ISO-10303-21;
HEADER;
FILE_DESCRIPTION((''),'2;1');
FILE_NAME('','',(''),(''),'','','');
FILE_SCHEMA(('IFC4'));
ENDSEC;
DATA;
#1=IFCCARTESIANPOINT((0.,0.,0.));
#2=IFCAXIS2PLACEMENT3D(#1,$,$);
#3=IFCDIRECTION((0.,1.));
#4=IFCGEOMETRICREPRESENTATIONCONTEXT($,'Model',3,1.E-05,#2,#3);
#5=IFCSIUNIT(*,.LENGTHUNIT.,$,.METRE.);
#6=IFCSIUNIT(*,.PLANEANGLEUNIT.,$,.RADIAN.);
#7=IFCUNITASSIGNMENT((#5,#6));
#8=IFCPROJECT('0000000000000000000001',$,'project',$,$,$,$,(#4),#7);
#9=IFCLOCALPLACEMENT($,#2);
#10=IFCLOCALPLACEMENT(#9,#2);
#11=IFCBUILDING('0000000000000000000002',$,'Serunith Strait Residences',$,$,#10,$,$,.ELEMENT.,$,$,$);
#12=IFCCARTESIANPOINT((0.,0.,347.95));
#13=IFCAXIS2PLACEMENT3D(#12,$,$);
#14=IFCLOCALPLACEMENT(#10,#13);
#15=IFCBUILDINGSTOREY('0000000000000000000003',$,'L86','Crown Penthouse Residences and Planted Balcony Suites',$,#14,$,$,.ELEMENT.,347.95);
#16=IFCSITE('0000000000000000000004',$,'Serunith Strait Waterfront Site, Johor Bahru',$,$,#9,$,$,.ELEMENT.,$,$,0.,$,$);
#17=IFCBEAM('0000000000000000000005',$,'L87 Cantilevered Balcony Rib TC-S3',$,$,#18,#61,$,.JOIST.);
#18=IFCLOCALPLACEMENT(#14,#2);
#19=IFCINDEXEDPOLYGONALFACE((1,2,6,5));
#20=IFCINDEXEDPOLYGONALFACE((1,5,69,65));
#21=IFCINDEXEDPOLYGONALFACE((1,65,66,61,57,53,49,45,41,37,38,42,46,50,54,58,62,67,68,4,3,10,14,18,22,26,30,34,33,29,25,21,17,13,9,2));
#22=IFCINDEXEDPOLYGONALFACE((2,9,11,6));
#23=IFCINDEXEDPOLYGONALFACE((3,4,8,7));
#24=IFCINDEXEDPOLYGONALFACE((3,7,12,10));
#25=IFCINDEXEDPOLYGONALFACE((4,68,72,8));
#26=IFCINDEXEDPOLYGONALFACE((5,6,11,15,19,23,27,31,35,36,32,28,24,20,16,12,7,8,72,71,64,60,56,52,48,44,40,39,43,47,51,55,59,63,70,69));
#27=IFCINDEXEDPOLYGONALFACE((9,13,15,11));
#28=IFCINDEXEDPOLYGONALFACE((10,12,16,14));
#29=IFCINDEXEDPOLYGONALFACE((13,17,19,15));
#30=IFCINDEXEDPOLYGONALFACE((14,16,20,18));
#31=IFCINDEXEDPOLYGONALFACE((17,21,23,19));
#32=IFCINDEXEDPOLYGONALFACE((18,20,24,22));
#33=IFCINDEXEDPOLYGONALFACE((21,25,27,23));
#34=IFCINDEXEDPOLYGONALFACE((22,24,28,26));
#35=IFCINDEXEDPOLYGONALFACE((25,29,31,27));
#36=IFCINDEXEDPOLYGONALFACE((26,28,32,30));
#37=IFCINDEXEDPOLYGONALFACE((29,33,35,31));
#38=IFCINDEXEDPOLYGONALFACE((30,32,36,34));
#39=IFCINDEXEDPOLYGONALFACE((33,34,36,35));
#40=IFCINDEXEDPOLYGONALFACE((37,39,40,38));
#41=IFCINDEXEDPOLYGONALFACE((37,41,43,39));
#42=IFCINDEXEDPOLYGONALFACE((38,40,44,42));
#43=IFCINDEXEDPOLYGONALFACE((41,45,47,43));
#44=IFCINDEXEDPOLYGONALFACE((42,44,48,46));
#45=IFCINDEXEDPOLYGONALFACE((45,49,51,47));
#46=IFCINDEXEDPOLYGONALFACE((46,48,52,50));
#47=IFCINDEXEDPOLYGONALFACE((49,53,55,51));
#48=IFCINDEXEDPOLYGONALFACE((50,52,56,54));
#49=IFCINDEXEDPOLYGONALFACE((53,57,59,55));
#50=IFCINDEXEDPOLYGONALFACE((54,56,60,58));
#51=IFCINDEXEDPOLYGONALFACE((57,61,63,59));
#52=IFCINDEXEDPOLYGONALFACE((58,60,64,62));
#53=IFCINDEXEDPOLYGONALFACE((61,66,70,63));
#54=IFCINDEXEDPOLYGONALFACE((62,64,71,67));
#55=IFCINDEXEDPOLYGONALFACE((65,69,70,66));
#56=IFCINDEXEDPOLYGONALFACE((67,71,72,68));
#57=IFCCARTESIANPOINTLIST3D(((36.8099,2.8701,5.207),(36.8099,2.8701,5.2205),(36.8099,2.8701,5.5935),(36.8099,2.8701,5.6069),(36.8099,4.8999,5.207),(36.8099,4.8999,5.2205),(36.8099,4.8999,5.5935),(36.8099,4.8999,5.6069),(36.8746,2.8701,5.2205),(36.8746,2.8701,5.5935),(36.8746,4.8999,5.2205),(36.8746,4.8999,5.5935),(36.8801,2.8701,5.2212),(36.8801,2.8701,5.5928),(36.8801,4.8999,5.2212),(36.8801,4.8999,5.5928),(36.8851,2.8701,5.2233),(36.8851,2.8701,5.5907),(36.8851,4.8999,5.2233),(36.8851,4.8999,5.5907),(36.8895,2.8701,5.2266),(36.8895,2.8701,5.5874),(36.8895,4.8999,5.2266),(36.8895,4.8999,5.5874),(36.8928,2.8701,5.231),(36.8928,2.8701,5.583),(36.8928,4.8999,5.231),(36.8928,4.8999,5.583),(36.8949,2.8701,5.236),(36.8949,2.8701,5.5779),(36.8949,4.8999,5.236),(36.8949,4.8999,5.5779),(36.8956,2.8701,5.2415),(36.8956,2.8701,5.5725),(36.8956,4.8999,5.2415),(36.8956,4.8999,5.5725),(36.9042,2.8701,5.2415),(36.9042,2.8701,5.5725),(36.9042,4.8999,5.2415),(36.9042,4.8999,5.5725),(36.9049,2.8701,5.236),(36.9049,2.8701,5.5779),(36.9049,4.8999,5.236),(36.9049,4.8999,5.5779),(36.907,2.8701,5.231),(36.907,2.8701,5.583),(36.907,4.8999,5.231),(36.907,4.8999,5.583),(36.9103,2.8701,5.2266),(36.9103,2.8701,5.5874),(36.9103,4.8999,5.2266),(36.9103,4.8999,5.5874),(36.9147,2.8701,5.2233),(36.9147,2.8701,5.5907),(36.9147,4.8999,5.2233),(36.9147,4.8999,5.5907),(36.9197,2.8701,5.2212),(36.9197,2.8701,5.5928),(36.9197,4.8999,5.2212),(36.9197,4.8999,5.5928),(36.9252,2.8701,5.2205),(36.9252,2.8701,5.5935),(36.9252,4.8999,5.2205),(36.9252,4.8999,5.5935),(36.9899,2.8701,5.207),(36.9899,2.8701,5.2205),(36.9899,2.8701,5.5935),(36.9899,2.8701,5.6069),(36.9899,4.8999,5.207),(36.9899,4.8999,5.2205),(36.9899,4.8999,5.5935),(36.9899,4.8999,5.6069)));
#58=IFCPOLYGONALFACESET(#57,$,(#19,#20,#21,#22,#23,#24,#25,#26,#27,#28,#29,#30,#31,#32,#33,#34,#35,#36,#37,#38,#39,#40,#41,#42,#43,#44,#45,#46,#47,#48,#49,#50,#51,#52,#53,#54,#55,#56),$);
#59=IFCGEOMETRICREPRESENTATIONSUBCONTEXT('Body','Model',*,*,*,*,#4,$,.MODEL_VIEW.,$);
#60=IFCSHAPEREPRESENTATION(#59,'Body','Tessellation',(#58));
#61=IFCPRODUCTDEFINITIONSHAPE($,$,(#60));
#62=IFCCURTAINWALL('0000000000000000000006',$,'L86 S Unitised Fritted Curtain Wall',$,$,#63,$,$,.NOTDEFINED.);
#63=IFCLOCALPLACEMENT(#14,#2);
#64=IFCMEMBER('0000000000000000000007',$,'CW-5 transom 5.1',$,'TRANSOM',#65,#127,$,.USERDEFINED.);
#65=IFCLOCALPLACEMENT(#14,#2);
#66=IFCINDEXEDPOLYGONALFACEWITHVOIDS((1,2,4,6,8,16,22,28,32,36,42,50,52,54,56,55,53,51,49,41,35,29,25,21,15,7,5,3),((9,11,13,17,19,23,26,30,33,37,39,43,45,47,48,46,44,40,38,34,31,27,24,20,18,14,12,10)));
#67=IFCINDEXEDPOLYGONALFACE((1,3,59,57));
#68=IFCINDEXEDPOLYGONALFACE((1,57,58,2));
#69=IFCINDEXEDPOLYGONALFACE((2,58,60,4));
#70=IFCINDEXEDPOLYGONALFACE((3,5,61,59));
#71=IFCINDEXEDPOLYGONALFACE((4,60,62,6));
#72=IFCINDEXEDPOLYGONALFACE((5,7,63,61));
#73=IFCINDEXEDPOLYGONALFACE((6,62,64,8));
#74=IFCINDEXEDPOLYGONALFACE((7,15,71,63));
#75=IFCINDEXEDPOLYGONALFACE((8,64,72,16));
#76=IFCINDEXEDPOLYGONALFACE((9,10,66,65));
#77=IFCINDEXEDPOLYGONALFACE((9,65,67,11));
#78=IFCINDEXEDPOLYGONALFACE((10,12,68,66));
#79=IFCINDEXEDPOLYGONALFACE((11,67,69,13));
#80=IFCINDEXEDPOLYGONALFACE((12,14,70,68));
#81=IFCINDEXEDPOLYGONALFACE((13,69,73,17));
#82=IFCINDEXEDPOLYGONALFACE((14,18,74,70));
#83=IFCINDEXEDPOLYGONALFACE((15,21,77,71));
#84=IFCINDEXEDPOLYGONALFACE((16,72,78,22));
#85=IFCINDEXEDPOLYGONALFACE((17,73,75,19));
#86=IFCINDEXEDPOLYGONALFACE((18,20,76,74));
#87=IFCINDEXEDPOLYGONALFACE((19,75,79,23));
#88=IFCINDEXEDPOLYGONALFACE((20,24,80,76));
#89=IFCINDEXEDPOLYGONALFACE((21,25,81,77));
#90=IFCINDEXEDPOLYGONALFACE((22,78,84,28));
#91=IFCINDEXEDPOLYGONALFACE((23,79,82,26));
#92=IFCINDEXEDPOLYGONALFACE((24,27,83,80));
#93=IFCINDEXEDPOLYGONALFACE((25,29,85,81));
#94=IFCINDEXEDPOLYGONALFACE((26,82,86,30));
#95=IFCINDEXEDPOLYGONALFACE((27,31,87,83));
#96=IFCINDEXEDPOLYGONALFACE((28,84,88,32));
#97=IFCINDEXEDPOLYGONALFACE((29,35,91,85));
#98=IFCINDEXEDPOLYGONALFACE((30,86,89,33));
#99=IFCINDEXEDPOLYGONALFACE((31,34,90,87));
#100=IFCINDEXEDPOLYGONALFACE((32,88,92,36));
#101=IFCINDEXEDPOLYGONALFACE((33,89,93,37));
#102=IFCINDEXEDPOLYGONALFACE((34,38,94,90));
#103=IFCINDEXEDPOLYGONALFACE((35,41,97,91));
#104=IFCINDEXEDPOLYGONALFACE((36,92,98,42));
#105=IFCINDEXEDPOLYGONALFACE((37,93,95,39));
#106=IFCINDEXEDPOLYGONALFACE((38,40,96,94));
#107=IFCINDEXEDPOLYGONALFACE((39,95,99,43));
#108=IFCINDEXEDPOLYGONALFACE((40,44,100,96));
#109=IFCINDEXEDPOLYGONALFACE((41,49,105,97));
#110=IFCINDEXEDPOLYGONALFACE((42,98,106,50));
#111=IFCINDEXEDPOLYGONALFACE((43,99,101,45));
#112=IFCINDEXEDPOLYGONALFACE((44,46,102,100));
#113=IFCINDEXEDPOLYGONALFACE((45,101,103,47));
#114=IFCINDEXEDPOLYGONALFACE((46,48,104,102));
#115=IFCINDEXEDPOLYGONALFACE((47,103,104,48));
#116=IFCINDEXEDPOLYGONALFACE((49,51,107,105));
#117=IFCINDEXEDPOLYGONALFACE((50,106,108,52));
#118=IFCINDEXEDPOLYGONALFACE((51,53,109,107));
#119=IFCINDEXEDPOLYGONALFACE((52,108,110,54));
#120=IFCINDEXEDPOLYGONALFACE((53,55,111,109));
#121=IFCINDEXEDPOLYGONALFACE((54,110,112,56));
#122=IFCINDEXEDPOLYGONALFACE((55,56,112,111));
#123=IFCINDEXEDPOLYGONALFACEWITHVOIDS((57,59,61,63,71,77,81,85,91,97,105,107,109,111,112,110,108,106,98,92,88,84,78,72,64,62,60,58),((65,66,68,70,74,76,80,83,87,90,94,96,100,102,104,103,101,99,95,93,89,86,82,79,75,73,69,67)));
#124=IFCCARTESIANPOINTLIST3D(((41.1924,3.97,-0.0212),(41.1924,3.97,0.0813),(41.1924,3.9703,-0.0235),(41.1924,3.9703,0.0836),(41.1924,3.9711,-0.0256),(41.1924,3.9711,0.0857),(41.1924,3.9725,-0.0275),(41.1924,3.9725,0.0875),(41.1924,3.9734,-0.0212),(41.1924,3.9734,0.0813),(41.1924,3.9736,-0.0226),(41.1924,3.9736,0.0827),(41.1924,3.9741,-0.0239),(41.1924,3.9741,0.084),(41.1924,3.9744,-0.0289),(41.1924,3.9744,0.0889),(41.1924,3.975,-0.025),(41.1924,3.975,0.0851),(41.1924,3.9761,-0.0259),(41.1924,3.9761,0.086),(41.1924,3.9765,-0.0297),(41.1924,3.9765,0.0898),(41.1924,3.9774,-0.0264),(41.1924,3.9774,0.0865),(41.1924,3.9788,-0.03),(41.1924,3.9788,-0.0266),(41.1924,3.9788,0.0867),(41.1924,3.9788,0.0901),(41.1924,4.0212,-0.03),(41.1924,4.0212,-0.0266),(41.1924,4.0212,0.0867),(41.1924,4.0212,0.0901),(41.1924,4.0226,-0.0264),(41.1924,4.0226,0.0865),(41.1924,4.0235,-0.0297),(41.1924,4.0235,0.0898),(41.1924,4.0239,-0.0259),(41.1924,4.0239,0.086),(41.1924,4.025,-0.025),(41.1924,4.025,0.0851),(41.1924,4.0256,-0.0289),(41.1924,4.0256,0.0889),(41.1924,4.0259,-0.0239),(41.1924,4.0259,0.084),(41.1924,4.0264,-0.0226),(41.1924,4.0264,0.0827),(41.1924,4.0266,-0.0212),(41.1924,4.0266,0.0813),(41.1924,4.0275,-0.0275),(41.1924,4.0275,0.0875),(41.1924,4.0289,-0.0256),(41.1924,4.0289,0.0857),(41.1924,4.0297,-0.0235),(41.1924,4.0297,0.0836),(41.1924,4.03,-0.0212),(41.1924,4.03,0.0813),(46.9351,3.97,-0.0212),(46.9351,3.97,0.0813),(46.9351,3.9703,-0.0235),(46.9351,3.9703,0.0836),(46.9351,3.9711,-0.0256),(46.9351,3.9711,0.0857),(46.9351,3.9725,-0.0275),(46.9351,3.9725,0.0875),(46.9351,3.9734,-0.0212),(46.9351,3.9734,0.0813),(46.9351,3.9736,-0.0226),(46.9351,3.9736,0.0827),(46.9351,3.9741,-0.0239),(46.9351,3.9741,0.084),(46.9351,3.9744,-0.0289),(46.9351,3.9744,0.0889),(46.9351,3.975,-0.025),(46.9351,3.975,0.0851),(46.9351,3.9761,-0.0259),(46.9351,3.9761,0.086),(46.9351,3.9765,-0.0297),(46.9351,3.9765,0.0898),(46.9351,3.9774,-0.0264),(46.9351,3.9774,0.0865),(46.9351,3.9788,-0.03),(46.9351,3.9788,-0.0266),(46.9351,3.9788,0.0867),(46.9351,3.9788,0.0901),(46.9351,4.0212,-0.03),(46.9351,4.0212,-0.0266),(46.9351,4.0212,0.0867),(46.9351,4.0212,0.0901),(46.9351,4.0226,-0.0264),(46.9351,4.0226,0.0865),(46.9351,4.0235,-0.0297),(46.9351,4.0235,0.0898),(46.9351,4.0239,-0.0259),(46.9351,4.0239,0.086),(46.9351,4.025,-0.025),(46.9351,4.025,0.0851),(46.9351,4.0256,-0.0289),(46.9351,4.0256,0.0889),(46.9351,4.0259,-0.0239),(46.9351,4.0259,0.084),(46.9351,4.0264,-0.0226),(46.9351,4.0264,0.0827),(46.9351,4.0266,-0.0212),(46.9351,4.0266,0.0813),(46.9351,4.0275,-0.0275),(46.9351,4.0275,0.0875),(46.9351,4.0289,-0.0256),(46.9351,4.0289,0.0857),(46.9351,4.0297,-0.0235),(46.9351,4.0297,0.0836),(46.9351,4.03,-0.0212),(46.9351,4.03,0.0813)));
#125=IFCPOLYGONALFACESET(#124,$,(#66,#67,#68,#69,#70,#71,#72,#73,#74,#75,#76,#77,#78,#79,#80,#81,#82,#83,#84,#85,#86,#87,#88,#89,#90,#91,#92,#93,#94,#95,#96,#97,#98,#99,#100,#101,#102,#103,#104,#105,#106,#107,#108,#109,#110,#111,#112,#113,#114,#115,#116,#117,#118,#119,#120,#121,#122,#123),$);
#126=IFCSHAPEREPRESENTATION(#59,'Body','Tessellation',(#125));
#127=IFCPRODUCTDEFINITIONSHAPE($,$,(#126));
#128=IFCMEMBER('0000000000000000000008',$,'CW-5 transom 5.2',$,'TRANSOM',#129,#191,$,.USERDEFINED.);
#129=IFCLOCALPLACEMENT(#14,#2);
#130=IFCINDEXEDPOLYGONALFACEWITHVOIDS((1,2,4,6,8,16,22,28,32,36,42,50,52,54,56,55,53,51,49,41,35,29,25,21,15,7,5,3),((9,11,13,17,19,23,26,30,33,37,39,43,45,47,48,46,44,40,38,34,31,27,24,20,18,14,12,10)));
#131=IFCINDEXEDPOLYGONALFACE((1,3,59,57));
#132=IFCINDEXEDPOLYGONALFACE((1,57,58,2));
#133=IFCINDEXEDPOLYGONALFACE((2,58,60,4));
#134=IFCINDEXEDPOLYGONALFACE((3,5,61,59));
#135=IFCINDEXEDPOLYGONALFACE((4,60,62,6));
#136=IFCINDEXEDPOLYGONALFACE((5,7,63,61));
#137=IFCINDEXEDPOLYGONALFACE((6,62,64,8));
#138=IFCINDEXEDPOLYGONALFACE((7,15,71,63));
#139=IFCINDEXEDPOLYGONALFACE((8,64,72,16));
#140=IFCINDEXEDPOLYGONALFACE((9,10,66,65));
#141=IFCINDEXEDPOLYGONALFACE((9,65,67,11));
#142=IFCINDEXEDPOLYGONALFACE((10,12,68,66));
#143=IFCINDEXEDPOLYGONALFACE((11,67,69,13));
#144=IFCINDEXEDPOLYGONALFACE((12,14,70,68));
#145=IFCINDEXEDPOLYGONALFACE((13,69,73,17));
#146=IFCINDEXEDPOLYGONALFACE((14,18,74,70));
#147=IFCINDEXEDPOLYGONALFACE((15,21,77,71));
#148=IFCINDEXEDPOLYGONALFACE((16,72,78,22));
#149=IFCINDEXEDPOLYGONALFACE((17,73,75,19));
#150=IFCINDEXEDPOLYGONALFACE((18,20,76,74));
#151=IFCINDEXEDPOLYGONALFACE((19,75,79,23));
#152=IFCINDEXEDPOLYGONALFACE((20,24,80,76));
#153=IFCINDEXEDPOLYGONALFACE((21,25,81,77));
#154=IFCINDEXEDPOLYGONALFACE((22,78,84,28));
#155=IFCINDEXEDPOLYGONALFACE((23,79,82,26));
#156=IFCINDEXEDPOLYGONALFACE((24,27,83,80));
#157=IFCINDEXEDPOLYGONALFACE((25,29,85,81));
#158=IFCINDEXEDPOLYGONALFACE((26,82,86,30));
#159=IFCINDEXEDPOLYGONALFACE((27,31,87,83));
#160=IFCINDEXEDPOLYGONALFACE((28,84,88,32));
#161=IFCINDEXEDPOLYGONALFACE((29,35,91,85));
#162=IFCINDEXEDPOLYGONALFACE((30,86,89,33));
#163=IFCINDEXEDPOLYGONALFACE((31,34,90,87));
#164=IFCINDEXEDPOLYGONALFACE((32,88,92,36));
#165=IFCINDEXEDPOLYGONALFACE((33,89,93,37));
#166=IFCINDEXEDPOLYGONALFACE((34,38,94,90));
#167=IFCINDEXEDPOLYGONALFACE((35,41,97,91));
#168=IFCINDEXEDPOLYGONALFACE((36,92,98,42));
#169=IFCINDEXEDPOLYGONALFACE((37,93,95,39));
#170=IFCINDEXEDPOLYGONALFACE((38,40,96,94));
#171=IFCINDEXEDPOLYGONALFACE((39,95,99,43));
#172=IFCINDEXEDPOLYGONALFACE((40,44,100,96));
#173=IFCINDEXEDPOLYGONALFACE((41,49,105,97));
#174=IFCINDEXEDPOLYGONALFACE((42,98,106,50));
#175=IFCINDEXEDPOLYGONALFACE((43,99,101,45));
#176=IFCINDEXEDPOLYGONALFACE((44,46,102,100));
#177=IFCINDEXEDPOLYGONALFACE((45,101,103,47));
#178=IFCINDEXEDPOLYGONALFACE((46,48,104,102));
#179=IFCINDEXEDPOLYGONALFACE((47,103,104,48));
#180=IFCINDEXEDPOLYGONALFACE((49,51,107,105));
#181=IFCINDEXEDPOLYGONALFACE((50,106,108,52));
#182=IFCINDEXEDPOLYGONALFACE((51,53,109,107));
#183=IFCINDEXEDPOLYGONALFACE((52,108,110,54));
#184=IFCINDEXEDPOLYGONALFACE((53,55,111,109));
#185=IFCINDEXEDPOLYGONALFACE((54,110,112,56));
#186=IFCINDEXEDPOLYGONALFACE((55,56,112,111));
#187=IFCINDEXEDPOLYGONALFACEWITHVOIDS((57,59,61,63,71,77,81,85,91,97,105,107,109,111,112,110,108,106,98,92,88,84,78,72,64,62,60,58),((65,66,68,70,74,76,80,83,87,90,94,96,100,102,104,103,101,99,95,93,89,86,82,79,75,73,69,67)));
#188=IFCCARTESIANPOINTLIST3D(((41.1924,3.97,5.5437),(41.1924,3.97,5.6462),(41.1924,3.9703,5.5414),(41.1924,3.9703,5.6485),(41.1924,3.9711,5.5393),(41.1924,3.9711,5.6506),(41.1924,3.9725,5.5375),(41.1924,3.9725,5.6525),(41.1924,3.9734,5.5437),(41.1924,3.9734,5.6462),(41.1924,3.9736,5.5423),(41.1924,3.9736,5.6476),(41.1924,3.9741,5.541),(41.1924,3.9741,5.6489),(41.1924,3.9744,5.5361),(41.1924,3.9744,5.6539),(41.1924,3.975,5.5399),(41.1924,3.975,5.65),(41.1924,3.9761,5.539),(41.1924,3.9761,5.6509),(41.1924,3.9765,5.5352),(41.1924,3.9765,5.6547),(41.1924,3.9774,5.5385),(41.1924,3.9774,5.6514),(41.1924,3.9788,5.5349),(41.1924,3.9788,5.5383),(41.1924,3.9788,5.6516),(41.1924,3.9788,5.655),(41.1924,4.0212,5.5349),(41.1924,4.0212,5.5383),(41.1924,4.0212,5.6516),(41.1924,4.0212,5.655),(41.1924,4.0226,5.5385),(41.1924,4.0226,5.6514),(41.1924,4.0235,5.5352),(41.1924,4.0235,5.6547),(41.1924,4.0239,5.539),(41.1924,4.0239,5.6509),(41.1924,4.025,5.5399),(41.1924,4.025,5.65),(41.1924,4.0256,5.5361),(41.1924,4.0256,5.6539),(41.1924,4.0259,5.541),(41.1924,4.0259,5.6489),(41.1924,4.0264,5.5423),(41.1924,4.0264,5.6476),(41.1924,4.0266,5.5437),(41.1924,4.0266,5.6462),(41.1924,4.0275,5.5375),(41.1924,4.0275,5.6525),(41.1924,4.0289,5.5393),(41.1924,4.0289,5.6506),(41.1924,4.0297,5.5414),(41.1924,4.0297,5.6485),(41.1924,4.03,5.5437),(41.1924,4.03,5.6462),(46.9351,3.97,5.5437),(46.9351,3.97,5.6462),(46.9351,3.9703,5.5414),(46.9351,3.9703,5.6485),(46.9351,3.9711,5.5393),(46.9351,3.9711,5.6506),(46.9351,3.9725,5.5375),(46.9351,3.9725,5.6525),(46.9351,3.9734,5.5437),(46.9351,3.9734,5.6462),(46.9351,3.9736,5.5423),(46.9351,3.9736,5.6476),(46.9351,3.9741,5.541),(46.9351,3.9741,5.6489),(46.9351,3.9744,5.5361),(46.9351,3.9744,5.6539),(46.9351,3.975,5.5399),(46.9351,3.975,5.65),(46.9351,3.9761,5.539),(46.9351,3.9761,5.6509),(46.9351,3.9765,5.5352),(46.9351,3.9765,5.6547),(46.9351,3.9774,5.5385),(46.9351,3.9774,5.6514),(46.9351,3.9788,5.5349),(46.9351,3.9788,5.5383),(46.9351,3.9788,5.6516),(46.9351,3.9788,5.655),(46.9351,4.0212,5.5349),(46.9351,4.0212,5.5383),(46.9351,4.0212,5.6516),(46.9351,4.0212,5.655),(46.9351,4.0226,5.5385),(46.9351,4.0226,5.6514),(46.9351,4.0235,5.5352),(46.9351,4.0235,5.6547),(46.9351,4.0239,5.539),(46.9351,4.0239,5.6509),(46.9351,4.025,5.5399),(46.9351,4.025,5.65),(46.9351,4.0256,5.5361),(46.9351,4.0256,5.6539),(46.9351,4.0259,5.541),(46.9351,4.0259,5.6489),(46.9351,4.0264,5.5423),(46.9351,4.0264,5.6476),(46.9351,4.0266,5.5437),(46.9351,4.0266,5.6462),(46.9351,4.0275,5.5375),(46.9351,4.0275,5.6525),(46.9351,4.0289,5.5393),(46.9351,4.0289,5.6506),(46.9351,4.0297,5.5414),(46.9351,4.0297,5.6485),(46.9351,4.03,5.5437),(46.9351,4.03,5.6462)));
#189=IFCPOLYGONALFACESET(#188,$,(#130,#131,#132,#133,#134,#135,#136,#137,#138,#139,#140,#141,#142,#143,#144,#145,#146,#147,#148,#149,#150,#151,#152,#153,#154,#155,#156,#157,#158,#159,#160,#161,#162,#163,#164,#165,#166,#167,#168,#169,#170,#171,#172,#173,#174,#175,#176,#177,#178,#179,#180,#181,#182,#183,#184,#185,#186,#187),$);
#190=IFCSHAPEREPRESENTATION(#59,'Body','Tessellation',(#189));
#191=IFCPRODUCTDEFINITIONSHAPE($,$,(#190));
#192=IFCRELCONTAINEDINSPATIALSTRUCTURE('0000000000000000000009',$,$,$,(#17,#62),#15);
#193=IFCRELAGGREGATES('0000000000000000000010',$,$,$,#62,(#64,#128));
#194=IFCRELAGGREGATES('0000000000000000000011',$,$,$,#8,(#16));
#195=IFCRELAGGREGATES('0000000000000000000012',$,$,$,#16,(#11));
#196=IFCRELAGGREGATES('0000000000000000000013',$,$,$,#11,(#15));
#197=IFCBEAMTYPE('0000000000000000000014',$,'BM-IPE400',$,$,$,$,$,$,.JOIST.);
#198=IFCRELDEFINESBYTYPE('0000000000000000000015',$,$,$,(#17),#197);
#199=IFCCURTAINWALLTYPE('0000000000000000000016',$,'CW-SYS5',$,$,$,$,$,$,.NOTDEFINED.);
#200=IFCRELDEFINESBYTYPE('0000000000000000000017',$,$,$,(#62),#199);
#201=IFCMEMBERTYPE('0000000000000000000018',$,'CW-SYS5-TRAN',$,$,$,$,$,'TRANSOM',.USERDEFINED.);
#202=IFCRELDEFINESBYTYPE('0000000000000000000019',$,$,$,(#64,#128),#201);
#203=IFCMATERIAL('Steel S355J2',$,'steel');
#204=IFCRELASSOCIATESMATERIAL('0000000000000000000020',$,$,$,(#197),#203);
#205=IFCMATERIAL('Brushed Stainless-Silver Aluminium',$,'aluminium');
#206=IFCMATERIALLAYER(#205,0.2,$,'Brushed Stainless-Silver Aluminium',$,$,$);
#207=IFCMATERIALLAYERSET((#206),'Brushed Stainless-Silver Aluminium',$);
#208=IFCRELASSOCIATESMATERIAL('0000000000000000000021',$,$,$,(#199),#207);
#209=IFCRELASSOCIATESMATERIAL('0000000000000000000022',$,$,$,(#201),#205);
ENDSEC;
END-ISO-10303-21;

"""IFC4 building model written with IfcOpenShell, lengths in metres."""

from ifc_helpers import new_model, si_unit, direction, frame, origin, origin_2d, place, context, subcontext, project, spatial, hollow_rectangle, i_section, extrude, source, transform, mapped, material, layer, layer_set, material_profile, profile_set, type_object, element, aggregate, save


model = new_model("IFC4")

# Units and contexts
model_context = context("Model", 3, precision=1e-05, world=origin(), true_north=direction((0.0, 1.0)))
body_context = subcontext(model_context, "Body", "Model", "MODEL_VIEW")
ifc_project = project(units=[si_unit("LENGTHUNIT", "METRE"), si_unit("PLANEANGLEUNIT", "RADIAN")], contexts=[model_context])

# Site, building, storey
site_placement = place(None, origin())
site = spatial("IfcSite", under=ifc_project, at=site_placement, Name="Serunith Strait Waterfront Site, Johor Bahru", CompositionType="ELEMENT", RefElevation=0.0)
building_placement = place(site_placement, origin())
building = spatial("IfcBuilding", under=site, at=building_placement, Name="Serunith Strait Residences", CompositionType="ELEMENT")
storey_placement = place(building_placement, frame((0.0, 0.0, 347.95)))
storey = spatial("IfcBuildingStorey", under=building, at=storey_placement, Name="L86", Description="Crown Penthouse Residences and Planted Balcony Suites", CompositionType="ELEMENT", Elevation=347.95)

# Beam
ifc_material_1 = material(Name="Steel S355J2", Category="steel")
ifc_material_profile_1 = material_profile(ifc_material_1, i_section(OverallWidth=0.1799, OverallDepth=0.3999, WebThickness=0.0085, FlangeThickness=0.0134, FilletRadius=0.021, at=origin_2d()), Name="IPE 400")
ifc_profile_set_1 = profile_set([ifc_material_profile_1], Name="Steel S355J2")
beam_type_1 = type_object("IfcBeamType", Name="BM-IPE400", PredefinedType="JOIST", material=ifc_profile_set_1)
shared_shape_1 = source(origin(), body_context, "Body", "SweptSolid", [
    extrude(i_section(OverallWidth=0.1799, OverallDepth=0.3999, WebThickness=0.0085, FlangeThickness=0.0134, FilletRadius=0.021, at=origin_2d()), origin(), (0.0, 0.0, 1.0), 2.0298),
])
beam_1_placement = place(storey_placement, frame((36.8999, 4.8999, 5.407), z_axis=(0.0, -1.0, 0.0), x_axis=(1.0, 0.0, 0.0)))
element("IfcBeam", 1, at=beam_1_placement, inside=storey, type_object=beam_type_1, Name="L87 Cantilevered Balcony Rib TC-S3", PredefinedType="JOIST", context=body_context, shape_type="MappedRepresentation", body=[
    mapped(shared_shape_1, transform((0.0, 0.0, 0.0), scale=1.0)),
])

# Curtain wall, members
ifc_material_2 = material(Name="Brushed Stainless-Silver Aluminium", Category="aluminium")
ifc_layer_1 = layer(ifc_material_2, 0.2, Name="Brushed Stainless-Silver Aluminium")
ifc_layer_set_1 = layer_set([ifc_layer_1], Name="Brushed Stainless-Silver Aluminium")
curtain_wall_type = type_object("IfcCurtainWallType", Name="CW-SYS5", PredefinedType="NOTDEFINED", material=ifc_layer_set_1)
curtain_wall_placement = place(storey_placement, origin())
curtain_wall = element("IfcCurtainWall", 2, at=curtain_wall_placement, inside=storey, type_object=curtain_wall_type, Name="L86 S Unitised Fritted Curtain Wall", PredefinedType="NOTDEFINED")
ifc_material_profile_2 = material_profile(ifc_material_2, hollow_rectangle(XDim=0.0601, YDim=0.1201, WallThickness=0.0034, InnerFilletRadius=0.0054, OuterFilletRadius=0.0088, at=origin_2d()), Name="ALU 120x60x3.5")
ifc_profile_set_2 = profile_set([ifc_material_profile_2], Name="Brushed Stainless-Silver Aluminium")
member_type_1 = type_object("IfcMemberType", Name="CW-SYS5-TRAN", ElementType="TRANSOM", PredefinedType="USERDEFINED", material=ifc_profile_set_2)
shared_shape_2 = source(origin(), body_context, "Body", "SweptSolid", [
    extrude(hollow_rectangle(XDim=0.0601, YDim=0.1201, WallThickness=0.0034, InnerFilletRadius=0.0054, OuterFilletRadius=0.0088, at=origin_2d()), origin(), (0.0, 0.0, 1.0), 5.7427),
])
member_1_placement = place(storey_placement, frame((41.1924, 4.0, 0.03), z_axis=(1.0, 0.0, 0.0), x_axis=(0.0, 1.0, 0.0)))
member_1 = element("IfcMember", 3, at=member_1_placement, type_object=member_type_1, Name="CW-5 transom 5.1", ObjectType="TRANSOM", PredefinedType="USERDEFINED", context=body_context, shape_type="MappedRepresentation", body=[
    mapped(shared_shape_2, transform((0.0, 0.0, 0.0), scale=1.0)),
])
member_2_placement = place(storey_placement, frame((41.1924, 4.0, 5.595), z_axis=(1.0, 0.0, 0.0), x_axis=(0.0, 1.0, 0.0)))
member_2 = element("IfcMember", 4, at=member_2_placement, type_object=member_type_1, Name="CW-5 transom 5.2", ObjectType="TRANSOM", PredefinedType="USERDEFINED", context=body_context, shape_type="MappedRepresentation", body=[
    mapped(shared_shape_2, transform((0.0, 0.0, 0.0), scale=1.0)),
])
aggregate(curtain_wall, [member_1, member_2])

save(model, "model.ifc")
